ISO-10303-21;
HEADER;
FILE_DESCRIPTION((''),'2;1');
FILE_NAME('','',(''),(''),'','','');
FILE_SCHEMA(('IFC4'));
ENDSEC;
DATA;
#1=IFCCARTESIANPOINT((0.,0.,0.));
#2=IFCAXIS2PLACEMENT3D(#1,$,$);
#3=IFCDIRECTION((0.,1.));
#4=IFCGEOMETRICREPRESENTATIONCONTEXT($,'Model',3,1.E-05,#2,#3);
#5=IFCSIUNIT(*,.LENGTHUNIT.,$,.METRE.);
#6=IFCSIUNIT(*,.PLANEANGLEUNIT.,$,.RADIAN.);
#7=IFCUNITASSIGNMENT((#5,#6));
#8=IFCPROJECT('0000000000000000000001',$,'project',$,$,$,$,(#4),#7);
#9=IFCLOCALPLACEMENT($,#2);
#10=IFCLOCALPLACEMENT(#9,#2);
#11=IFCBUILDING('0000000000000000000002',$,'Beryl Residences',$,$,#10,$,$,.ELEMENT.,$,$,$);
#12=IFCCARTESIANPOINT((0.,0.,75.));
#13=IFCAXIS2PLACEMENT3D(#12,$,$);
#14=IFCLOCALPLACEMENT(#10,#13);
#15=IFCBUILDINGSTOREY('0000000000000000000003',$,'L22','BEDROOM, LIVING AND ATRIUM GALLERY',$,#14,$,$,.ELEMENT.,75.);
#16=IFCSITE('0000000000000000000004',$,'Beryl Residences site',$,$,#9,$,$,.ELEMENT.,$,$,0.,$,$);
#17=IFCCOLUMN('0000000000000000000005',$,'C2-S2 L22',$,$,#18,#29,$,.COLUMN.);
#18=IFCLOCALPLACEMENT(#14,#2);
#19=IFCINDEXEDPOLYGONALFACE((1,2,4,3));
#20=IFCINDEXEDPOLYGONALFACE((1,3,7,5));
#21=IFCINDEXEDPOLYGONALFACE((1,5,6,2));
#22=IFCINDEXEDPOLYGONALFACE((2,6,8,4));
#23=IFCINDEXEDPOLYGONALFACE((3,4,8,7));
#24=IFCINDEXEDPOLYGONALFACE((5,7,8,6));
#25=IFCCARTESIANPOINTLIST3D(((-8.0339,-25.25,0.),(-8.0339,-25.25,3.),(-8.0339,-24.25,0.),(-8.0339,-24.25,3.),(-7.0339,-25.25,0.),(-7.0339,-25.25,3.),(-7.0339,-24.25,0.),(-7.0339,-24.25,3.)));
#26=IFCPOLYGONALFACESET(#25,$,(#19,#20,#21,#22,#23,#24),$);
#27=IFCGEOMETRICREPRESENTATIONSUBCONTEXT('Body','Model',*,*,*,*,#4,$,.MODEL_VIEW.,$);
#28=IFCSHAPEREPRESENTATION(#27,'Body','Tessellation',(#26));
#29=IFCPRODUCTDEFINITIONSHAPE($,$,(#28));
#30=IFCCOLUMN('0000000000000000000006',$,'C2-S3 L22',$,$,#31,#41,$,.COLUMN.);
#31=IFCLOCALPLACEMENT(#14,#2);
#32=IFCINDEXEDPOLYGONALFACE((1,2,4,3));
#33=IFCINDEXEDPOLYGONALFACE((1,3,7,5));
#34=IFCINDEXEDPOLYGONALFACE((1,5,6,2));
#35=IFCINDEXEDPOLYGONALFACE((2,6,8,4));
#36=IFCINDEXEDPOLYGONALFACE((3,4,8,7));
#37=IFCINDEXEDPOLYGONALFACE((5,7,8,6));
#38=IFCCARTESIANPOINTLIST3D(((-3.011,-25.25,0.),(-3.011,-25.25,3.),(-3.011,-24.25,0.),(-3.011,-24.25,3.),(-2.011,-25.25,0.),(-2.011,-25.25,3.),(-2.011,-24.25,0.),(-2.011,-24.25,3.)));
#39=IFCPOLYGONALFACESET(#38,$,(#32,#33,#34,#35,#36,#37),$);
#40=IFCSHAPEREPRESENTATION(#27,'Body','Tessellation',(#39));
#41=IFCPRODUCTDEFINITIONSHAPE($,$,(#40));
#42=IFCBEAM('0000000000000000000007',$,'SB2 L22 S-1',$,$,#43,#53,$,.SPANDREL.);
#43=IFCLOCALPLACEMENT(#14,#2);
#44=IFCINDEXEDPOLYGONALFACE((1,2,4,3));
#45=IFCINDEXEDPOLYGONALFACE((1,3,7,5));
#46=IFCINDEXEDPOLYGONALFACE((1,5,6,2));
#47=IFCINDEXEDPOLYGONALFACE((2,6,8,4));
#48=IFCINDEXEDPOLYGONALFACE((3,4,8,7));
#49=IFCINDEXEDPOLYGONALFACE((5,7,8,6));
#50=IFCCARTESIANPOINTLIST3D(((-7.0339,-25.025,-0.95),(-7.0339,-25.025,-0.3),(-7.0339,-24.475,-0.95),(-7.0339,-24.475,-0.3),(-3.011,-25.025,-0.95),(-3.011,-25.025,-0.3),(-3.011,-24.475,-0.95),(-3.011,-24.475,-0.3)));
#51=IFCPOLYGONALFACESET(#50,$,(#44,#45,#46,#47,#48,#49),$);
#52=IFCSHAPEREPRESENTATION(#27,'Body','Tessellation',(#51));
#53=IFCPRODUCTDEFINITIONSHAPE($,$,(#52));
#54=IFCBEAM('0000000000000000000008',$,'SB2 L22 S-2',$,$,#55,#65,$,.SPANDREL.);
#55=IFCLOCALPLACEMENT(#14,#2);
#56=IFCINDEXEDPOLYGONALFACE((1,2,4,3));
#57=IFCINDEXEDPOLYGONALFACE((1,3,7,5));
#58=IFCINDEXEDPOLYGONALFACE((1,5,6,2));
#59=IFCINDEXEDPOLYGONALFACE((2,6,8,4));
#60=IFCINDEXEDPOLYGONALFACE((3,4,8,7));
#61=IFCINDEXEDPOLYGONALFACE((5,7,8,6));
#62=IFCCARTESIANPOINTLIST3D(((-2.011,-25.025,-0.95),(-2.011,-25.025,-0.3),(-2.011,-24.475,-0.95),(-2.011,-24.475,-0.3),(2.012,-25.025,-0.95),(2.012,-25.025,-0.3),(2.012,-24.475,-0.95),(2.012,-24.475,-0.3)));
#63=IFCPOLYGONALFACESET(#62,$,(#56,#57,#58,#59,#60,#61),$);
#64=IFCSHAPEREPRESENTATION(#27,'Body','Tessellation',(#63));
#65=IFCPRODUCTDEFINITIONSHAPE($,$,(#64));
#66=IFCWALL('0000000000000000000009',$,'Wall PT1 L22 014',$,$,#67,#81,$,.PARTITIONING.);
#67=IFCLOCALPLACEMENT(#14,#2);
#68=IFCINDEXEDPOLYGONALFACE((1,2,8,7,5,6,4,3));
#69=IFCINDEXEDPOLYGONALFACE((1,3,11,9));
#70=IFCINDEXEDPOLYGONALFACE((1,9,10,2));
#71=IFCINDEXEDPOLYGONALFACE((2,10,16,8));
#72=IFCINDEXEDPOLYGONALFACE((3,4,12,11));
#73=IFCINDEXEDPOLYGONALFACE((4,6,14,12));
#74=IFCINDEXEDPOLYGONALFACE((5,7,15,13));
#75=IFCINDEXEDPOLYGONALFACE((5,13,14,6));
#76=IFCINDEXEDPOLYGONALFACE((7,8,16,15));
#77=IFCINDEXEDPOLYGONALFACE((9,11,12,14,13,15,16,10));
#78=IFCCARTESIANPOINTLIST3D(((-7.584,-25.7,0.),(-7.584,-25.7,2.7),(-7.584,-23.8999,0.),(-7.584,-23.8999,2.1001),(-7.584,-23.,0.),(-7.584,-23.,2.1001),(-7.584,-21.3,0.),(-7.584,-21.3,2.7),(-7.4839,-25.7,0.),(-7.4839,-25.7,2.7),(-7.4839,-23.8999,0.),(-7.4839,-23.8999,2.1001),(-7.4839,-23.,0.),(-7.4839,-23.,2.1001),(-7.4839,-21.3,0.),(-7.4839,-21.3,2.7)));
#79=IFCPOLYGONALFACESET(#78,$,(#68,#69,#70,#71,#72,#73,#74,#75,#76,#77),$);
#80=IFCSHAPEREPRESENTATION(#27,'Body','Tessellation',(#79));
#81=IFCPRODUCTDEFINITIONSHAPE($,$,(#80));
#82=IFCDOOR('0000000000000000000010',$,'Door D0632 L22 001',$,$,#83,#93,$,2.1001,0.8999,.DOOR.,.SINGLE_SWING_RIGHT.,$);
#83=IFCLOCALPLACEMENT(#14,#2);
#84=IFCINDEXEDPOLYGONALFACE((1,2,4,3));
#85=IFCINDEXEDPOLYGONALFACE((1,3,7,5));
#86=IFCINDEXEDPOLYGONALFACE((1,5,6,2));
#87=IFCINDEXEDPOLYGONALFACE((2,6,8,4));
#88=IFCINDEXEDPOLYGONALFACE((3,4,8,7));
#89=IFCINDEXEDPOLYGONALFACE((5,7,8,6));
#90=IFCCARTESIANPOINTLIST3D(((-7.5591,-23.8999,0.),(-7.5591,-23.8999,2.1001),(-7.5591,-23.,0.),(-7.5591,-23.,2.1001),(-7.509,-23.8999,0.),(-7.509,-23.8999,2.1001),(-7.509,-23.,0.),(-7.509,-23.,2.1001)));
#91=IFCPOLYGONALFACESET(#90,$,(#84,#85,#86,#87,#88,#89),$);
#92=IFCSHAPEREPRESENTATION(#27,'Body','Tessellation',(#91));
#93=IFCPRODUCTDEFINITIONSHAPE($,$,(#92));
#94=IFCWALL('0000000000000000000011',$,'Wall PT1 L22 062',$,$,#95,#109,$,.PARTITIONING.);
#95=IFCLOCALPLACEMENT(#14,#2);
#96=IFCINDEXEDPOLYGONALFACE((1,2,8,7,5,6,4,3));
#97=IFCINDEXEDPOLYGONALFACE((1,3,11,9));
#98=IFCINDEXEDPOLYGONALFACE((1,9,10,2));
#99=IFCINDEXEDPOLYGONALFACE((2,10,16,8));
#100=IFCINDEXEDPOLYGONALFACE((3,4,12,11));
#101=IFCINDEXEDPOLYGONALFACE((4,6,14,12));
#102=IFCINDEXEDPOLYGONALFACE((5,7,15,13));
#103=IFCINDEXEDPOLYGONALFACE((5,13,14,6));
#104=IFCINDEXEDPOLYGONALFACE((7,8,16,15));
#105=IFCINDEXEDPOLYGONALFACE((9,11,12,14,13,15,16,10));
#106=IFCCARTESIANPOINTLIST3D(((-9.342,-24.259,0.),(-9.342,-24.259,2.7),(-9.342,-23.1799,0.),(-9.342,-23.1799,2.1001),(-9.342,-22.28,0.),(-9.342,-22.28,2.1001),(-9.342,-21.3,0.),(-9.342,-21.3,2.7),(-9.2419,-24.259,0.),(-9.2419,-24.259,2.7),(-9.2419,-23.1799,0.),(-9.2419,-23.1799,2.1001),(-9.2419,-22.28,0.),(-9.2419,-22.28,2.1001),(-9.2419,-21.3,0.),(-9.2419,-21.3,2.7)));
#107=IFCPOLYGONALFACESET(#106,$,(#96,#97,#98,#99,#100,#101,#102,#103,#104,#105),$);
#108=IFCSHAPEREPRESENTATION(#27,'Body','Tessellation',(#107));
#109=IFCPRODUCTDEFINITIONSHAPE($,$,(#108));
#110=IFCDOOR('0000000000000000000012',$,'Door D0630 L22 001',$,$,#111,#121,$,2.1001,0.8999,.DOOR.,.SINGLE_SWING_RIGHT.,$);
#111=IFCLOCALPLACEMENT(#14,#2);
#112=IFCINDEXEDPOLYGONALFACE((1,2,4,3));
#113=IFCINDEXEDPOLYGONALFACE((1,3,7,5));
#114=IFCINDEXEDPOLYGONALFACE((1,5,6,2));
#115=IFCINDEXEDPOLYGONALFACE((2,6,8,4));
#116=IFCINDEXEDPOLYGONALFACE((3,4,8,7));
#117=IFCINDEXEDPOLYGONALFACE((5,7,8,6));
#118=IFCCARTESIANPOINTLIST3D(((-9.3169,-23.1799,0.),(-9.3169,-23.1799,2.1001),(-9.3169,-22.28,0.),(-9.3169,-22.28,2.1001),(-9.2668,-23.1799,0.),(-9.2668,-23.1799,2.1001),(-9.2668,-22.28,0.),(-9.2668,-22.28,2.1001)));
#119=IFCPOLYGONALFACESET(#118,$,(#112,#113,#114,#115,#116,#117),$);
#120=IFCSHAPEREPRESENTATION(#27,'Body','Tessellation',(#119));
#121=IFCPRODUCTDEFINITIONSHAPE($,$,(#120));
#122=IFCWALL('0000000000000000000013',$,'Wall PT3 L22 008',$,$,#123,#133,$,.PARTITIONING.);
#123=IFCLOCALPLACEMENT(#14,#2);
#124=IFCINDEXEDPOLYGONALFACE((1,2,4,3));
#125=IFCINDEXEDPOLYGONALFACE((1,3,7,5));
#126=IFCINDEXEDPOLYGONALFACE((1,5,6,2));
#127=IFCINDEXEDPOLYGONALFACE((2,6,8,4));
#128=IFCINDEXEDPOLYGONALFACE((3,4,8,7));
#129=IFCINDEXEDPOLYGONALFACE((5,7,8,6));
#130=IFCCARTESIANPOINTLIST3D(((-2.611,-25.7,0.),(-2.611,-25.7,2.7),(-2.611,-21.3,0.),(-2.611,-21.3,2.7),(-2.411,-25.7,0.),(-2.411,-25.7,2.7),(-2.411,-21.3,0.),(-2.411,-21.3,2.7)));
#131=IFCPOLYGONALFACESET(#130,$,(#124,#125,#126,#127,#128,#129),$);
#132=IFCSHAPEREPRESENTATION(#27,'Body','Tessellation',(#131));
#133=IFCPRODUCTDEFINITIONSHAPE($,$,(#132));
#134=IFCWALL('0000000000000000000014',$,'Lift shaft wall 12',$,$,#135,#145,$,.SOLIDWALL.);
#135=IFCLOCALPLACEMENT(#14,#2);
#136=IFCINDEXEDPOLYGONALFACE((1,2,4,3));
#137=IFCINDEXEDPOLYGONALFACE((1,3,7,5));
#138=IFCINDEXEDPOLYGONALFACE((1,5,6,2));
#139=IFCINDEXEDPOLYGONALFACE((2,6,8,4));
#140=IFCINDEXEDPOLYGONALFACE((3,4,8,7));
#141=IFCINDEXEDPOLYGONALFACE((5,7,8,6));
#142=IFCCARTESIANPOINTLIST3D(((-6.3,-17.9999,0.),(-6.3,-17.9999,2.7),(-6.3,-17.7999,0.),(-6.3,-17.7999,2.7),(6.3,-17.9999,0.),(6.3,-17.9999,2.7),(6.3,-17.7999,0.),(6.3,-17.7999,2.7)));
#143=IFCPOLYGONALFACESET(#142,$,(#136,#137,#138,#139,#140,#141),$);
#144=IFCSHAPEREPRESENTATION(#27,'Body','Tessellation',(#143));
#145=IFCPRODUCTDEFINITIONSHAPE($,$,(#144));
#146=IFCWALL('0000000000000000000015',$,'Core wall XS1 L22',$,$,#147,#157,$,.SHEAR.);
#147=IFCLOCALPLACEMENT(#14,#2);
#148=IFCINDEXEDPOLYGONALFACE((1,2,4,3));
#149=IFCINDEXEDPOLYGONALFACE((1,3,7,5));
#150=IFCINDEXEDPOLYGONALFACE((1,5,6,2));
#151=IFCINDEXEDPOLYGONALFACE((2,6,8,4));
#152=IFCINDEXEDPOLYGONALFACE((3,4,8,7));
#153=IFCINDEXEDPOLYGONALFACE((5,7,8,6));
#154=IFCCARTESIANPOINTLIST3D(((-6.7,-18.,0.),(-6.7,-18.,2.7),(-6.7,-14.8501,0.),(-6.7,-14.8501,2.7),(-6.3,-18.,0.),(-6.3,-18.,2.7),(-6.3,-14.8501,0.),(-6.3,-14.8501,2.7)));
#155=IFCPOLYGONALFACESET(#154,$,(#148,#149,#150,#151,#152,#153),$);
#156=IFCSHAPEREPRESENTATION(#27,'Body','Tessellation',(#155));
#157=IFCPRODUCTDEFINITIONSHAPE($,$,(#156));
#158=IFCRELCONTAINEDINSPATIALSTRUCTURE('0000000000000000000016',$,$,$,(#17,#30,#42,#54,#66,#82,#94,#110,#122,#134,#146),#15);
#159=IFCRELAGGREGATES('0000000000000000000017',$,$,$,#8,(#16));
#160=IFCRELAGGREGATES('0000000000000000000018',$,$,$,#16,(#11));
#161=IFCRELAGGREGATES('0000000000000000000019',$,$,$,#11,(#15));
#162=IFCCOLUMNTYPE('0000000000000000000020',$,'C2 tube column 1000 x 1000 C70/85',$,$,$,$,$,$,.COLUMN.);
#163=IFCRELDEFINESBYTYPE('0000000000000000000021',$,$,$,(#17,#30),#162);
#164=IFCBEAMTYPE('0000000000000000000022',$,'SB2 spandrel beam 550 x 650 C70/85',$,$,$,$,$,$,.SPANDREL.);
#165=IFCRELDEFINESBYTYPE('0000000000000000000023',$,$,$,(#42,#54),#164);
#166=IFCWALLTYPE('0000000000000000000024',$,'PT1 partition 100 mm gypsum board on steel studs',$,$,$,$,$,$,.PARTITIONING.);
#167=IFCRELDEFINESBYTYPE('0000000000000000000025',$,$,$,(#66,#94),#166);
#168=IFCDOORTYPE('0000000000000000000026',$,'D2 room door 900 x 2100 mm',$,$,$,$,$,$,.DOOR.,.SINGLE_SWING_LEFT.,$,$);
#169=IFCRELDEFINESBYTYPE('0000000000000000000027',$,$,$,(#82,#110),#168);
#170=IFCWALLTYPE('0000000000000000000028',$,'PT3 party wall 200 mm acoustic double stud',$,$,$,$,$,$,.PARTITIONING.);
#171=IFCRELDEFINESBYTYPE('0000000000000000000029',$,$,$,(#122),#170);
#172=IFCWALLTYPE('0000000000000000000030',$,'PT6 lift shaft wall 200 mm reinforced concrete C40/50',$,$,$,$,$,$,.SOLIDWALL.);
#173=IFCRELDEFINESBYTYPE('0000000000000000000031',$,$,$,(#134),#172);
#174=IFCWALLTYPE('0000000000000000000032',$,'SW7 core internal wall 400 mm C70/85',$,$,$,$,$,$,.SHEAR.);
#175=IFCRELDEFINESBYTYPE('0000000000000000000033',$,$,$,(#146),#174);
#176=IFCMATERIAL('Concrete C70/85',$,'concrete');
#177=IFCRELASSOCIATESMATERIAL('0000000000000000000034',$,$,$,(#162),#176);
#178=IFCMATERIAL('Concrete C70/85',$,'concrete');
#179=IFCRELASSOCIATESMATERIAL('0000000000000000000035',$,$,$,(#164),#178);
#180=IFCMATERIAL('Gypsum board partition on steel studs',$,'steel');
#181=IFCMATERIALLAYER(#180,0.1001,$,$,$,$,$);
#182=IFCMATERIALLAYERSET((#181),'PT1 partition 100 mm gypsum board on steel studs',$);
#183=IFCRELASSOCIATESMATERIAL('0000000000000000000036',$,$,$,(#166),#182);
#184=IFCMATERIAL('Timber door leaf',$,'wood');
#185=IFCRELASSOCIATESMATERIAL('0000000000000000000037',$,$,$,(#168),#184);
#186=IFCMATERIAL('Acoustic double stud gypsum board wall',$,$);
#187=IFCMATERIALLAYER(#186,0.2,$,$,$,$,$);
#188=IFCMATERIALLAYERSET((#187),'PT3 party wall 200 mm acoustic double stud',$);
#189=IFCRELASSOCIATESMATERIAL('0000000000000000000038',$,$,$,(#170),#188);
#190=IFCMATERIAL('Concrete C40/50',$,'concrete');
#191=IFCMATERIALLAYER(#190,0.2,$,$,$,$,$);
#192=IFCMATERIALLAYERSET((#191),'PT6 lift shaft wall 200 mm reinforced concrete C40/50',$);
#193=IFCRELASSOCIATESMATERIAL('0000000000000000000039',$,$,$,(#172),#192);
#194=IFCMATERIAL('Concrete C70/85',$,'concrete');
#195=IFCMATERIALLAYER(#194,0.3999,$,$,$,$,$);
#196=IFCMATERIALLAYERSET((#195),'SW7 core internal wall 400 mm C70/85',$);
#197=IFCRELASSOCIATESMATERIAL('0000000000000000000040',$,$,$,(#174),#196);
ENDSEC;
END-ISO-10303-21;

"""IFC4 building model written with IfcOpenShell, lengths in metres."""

from ifc_helpers import new_model, si_unit, direction, frame, frame_2d, origin, origin_2d, place, context, subcontext, project, spatial, rectangle, extrude, material, layer, layer_set, material_profile, profile_set, type_object, element, fill, save


model = new_model("IFC4")

# Units and contexts
model_context = context("Model", 3, precision=1e-05, world=origin(), true_north=direction((0.0, 1.0)))
body_context = subcontext(model_context, "Body", "Model", "MODEL_VIEW")
ifc_project = project(units=[si_unit("LENGTHUNIT", "METRE"), si_unit("PLANEANGLEUNIT", "RADIAN")], contexts=[model_context])

# Site, building, storey
site_placement = place(None, origin())
site = spatial("IfcSite", under=ifc_project, at=site_placement, Name="Beryl Residences site", CompositionType="ELEMENT", RefElevation=0.0)
building_placement = place(site_placement, origin())
building = spatial("IfcBuilding", under=site, at=building_placement, Name="Beryl Residences", CompositionType="ELEMENT")
storey_placement = place(building_placement, frame((0.0, 0.0, 75.0)))
storey = spatial("IfcBuildingStorey", under=building, at=storey_placement, Name="L22", Description="BEDROOM, LIVING AND ATRIUM GALLERY", CompositionType="ELEMENT", Elevation=75.0)

# Columns
ifc_material_1 = material(Name="Concrete C70/85", Category="concrete")
ifc_material_profile_1 = material_profile(ifc_material_1, rectangle(XDim=1.0, YDim=1.0, at=origin_2d()))
ifc_profile_set_1 = profile_set([ifc_material_profile_1], Name="Concrete C70/85")
column_type = type_object("IfcColumnType", Name="C2 tube column 1000 x 1000 C70/85", PredefinedType="COLUMN", material=ifc_profile_set_1)
for number, where, z_axis, x_axis, name in (
    (1, (-7.5339, -24.75, 0.0), (0.0, 0.0, 1.0), (1.0, 0.0, 0.0), "C2-S2 L22"),
    (2, (-2.511, -24.75, 0.0), (0.0, 0.0, 1.0), (1.0, 0.0, 0.0), "C2-S3 L22"),
):
    element("IfcColumn", number, at=place(storey_placement, frame(where, z_axis=z_axis, x_axis=x_axis)), inside=storey, type_object=column_type, Name=name, PredefinedType="COLUMN", context=body_context, shape_type="SweptSolid", body=[
        extrude(rectangle(XDim=1.0, YDim=1.0, at=origin_2d()), origin(), (0.0, 0.0, 1.0), 3.0),
    ])

# Beams
ifc_material_2 = material(Name="Concrete C70/85", Category="concrete")
ifc_material_profile_2 = material_profile(ifc_material_2, rectangle(XDim=0.55, YDim=0.6499, at=origin_2d()))
ifc_profile_set_2 = profile_set([ifc_material_profile_2], Name="Concrete C70/85")
beam_type = type_object("IfcBeamType", Name="SB2 spandrel beam 550 x 650 C70/85", PredefinedType="SPANDREL", material=ifc_profile_set_2)
for number, where, z_axis, x_axis, name in (
    (3, (-7.0339, -24.75, -0.625), (1.0, 0.0, 0.0), (0.0, 1.0, 0.0), "SB2 L22 S-1"),
    (4, (-2.011, -24.75, -0.625), (1.0, 0.0, 0.0), (0.0, 1.0, 0.0), "SB2 L22 S-2"),
):
    element("IfcBeam", number, at=place(storey_placement, frame(where, z_axis=z_axis, x_axis=x_axis)), inside=storey, type_object=beam_type, Name=name, PredefinedType="SPANDREL", context=body_context, shape_type="SweptSolid", body=[
        extrude(rectangle(XDim=0.55, YDim=0.6499, at=origin_2d()), origin(), (0.0, 0.0, 1.0), 4.0229),
    ])

# Walls, openings, doors
ifc_material_3 = material(Name="Gypsum board partition on steel studs", Category="steel")
ifc_layer_1 = layer(ifc_material_3, 0.1001)
ifc_layer_set_1 = layer_set([ifc_layer_1], Name="PT1 partition 100 mm gypsum board on steel studs")
wall_type_1 = type_object("IfcWallType", Name="PT1 partition 100 mm gypsum board on steel studs", PredefinedType="PARTITIONING", material=ifc_layer_set_1)
wall_1_placement = place(storey_placement, frame((-7.5339, -21.3, 0.0), z_axis=(0.0, 0.0, 1.0), x_axis=(0.0, -1.0, 0.0)))
wall_1 = element("IfcWall", 5, at=wall_1_placement, inside=storey, type_object=wall_type_1, Name="Wall PT1 L22 014", PredefinedType="PARTITIONING", context=body_context, shape_type="SweptSolid", body=[
    extrude(rectangle(XDim=4.3999, YDim=0.1001, at=frame_2d((2.2, 0.0))), origin(), (0.0, 0.0, 1.0), 2.7),
])
opening_1_placement = place(wall_1_placement, frame((1.7, 0.0, 0.0)))
opening_1 = element("IfcOpeningElement", 6, at=opening_1_placement, cuts=wall_1, PredefinedType="OPENING", context=body_context, shape_type="SweptSolid", body=[
    extrude(rectangle(XDim=0.8999, YDim=2.1001, at=frame_2d((0.45, 1.05))), frame((0.0, 0.0601, 0.0), z_axis=(0.0, -1.0, 0.0), x_axis=(1.0, 0.0, 0.0)), (0.0, 0.0, 1.0), 0.1201),
])
ifc_material_4 = material(Name="Timber door leaf", Category="wood")
door_type = type_object("IfcDoorType", Name="D2 room door 900 x 2100 mm", OperationType="SINGLE_SWING_LEFT", PredefinedType="DOOR", material=ifc_material_4)
door_1_placement = place(opening_1_placement, origin())
door_1 = element("IfcDoor", 7, at=door_1_placement, inside=storey, type_object=door_type, Name="Door D0632 L22 001", OperationType="SINGLE_SWING_RIGHT", OverallHeight=2.1001, OverallWidth=0.8999, PredefinedType="DOOR", context=body_context, shape_type="SweptSolid", body=[
    extrude(rectangle(XDim=0.8999, YDim=2.1001, at=frame_2d((0.45, 1.05))), frame((0.0, 0.0249, 0.0), z_axis=(0.0, -1.0, 0.0), x_axis=(1.0, 0.0, 0.0)), (0.0, 0.0, 1.0), 0.05),
])
fill(opening_1, door_1)
wall_2_placement = place(storey_placement, frame((-9.292, -24.259, 0.0), z_axis=(0.0, 0.0, 1.0), x_axis=(0.0, 1.0, 0.0)))
wall_2 = element("IfcWall", 8, at=wall_2_placement, inside=storey, type_object=wall_type_1, Name="Wall PT1 L22 062", PredefinedType="PARTITIONING", context=body_context, shape_type="SweptSolid", body=[
    extrude(rectangle(XDim=2.959, YDim=0.1001, at=frame_2d((1.4795, 0.0))), origin(), (0.0, 0.0, 1.0), 2.7),
])
opening_2_placement = place(wall_2_placement, frame((1.0791, 0.0, 0.0)))
opening_2 = element("IfcOpeningElement", 9, at=opening_2_placement, cuts=wall_2, PredefinedType="OPENING", context=body_context, shape_type="SweptSolid", body=[
    extrude(rectangle(XDim=0.8999, YDim=2.1001, at=frame_2d((0.45, 1.05))), frame((0.0, 0.0601, 0.0), z_axis=(0.0, -1.0, 0.0), x_axis=(1.0, 0.0, 0.0)), (0.0, 0.0, 1.0), 0.1201),
])
door_2_placement = place(opening_2_placement, origin())
door_2 = element("IfcDoor", 10, at=door_2_placement, inside=storey, type_object=door_type, Name="Door D0630 L22 001", OperationType="SINGLE_SWING_RIGHT", OverallHeight=2.1001, OverallWidth=0.8999, PredefinedType="DOOR", context=body_context, shape_type="SweptSolid", body=[
    extrude(rectangle(XDim=0.8999, YDim=2.1001, at=frame_2d((0.45, 1.05))), frame((0.0, 0.0249, 0.0), z_axis=(0.0, -1.0, 0.0), x_axis=(1.0, 0.0, 0.0)), (0.0, 0.0, 1.0), 0.05),
])
fill(opening_2, door_2)

# Walls
ifc_material_5 = material(Name="Acoustic double stud gypsum board wall")
ifc_layer_2 = layer(ifc_material_5, 0.2)
ifc_layer_set_2 = layer_set([ifc_layer_2], Name="PT3 party wall 200 mm acoustic double stud")
wall_type_2 = type_object("IfcWallType", Name="PT3 party wall 200 mm acoustic double stud", PredefinedType="PARTITIONING", material=ifc_layer_set_2)
wall_3_placement = place(storey_placement, frame((-2.511, -25.7, 0.0), z_axis=(0.0, 0.0, 1.0), x_axis=(0.0, 1.0, 0.0)))
element("IfcWall", 11, at=wall_3_placement, inside=storey, type_object=wall_type_2, Name="Wall PT3 L22 008", PredefinedType="PARTITIONING", context=body_context, shape_type="SweptSolid", body=[
    extrude(rectangle(XDim=4.3999, YDim=0.2, at=frame_2d((2.2, 0.0))), origin(), (0.0, 0.0, 1.0), 2.7),
])
ifc_material_6 = material(Name="Concrete C40/50", Category="concrete")
ifc_layer_3 = layer(ifc_material_6, 0.2)
ifc_layer_set_3 = layer_set([ifc_layer_3], Name="PT6 lift shaft wall 200 mm reinforced concrete C40/50")
wall_type_3 = type_object("IfcWallType", Name="PT6 lift shaft wall 200 mm reinforced concrete C40/50", PredefinedType="SOLIDWALL", material=ifc_layer_set_3)
wall_4_placement = place(storey_placement, frame((-6.3, -17.8999, 0.0), z_axis=(0.0, 0.0, 1.0), x_axis=(1.0, 0.0, 0.0)))
element("IfcWall", 12, at=wall_4_placement, inside=storey, type_object=wall_type_3, Name="Lift shaft wall 12", PredefinedType="SOLIDWALL", context=body_context, shape_type="SweptSolid", body=[
    extrude(rectangle(XDim=12.6001, YDim=0.2, at=frame_2d((6.3, 0.0))), origin(), (0.0, 0.0, 1.0), 2.7),
])
ifc_material_7 = material(Name="Concrete C70/85", Category="concrete")
ifc_layer_4 = layer(ifc_material_7, 0.3999)
ifc_layer_set_4 = layer_set([ifc_layer_4], Name="SW7 core internal wall 400 mm C70/85")
wall_type_4 = type_object("IfcWallType", Name="SW7 core internal wall 400 mm C70/85", PredefinedType="SHEAR", material=ifc_layer_set_4)
wall_5_placement = place(storey_placement, frame((-6.5, -18.0, 0.0), z_axis=(0.0, 0.0, 1.0), x_axis=(0.0, 1.0, 0.0)))
element("IfcWall", 13, at=wall_5_placement, inside=storey, type_object=wall_type_4, Name="Core wall XS1 L22", PredefinedType="SHEAR", context=body_context, shape_type="SweptSolid", body=[
    extrude(rectangle(XDim=3.1499, YDim=0.3999, at=frame_2d((1.575, 0.0))), origin(), (0.0, 0.0, 1.0), 2.7),
])

save(model, "model.ifc")
